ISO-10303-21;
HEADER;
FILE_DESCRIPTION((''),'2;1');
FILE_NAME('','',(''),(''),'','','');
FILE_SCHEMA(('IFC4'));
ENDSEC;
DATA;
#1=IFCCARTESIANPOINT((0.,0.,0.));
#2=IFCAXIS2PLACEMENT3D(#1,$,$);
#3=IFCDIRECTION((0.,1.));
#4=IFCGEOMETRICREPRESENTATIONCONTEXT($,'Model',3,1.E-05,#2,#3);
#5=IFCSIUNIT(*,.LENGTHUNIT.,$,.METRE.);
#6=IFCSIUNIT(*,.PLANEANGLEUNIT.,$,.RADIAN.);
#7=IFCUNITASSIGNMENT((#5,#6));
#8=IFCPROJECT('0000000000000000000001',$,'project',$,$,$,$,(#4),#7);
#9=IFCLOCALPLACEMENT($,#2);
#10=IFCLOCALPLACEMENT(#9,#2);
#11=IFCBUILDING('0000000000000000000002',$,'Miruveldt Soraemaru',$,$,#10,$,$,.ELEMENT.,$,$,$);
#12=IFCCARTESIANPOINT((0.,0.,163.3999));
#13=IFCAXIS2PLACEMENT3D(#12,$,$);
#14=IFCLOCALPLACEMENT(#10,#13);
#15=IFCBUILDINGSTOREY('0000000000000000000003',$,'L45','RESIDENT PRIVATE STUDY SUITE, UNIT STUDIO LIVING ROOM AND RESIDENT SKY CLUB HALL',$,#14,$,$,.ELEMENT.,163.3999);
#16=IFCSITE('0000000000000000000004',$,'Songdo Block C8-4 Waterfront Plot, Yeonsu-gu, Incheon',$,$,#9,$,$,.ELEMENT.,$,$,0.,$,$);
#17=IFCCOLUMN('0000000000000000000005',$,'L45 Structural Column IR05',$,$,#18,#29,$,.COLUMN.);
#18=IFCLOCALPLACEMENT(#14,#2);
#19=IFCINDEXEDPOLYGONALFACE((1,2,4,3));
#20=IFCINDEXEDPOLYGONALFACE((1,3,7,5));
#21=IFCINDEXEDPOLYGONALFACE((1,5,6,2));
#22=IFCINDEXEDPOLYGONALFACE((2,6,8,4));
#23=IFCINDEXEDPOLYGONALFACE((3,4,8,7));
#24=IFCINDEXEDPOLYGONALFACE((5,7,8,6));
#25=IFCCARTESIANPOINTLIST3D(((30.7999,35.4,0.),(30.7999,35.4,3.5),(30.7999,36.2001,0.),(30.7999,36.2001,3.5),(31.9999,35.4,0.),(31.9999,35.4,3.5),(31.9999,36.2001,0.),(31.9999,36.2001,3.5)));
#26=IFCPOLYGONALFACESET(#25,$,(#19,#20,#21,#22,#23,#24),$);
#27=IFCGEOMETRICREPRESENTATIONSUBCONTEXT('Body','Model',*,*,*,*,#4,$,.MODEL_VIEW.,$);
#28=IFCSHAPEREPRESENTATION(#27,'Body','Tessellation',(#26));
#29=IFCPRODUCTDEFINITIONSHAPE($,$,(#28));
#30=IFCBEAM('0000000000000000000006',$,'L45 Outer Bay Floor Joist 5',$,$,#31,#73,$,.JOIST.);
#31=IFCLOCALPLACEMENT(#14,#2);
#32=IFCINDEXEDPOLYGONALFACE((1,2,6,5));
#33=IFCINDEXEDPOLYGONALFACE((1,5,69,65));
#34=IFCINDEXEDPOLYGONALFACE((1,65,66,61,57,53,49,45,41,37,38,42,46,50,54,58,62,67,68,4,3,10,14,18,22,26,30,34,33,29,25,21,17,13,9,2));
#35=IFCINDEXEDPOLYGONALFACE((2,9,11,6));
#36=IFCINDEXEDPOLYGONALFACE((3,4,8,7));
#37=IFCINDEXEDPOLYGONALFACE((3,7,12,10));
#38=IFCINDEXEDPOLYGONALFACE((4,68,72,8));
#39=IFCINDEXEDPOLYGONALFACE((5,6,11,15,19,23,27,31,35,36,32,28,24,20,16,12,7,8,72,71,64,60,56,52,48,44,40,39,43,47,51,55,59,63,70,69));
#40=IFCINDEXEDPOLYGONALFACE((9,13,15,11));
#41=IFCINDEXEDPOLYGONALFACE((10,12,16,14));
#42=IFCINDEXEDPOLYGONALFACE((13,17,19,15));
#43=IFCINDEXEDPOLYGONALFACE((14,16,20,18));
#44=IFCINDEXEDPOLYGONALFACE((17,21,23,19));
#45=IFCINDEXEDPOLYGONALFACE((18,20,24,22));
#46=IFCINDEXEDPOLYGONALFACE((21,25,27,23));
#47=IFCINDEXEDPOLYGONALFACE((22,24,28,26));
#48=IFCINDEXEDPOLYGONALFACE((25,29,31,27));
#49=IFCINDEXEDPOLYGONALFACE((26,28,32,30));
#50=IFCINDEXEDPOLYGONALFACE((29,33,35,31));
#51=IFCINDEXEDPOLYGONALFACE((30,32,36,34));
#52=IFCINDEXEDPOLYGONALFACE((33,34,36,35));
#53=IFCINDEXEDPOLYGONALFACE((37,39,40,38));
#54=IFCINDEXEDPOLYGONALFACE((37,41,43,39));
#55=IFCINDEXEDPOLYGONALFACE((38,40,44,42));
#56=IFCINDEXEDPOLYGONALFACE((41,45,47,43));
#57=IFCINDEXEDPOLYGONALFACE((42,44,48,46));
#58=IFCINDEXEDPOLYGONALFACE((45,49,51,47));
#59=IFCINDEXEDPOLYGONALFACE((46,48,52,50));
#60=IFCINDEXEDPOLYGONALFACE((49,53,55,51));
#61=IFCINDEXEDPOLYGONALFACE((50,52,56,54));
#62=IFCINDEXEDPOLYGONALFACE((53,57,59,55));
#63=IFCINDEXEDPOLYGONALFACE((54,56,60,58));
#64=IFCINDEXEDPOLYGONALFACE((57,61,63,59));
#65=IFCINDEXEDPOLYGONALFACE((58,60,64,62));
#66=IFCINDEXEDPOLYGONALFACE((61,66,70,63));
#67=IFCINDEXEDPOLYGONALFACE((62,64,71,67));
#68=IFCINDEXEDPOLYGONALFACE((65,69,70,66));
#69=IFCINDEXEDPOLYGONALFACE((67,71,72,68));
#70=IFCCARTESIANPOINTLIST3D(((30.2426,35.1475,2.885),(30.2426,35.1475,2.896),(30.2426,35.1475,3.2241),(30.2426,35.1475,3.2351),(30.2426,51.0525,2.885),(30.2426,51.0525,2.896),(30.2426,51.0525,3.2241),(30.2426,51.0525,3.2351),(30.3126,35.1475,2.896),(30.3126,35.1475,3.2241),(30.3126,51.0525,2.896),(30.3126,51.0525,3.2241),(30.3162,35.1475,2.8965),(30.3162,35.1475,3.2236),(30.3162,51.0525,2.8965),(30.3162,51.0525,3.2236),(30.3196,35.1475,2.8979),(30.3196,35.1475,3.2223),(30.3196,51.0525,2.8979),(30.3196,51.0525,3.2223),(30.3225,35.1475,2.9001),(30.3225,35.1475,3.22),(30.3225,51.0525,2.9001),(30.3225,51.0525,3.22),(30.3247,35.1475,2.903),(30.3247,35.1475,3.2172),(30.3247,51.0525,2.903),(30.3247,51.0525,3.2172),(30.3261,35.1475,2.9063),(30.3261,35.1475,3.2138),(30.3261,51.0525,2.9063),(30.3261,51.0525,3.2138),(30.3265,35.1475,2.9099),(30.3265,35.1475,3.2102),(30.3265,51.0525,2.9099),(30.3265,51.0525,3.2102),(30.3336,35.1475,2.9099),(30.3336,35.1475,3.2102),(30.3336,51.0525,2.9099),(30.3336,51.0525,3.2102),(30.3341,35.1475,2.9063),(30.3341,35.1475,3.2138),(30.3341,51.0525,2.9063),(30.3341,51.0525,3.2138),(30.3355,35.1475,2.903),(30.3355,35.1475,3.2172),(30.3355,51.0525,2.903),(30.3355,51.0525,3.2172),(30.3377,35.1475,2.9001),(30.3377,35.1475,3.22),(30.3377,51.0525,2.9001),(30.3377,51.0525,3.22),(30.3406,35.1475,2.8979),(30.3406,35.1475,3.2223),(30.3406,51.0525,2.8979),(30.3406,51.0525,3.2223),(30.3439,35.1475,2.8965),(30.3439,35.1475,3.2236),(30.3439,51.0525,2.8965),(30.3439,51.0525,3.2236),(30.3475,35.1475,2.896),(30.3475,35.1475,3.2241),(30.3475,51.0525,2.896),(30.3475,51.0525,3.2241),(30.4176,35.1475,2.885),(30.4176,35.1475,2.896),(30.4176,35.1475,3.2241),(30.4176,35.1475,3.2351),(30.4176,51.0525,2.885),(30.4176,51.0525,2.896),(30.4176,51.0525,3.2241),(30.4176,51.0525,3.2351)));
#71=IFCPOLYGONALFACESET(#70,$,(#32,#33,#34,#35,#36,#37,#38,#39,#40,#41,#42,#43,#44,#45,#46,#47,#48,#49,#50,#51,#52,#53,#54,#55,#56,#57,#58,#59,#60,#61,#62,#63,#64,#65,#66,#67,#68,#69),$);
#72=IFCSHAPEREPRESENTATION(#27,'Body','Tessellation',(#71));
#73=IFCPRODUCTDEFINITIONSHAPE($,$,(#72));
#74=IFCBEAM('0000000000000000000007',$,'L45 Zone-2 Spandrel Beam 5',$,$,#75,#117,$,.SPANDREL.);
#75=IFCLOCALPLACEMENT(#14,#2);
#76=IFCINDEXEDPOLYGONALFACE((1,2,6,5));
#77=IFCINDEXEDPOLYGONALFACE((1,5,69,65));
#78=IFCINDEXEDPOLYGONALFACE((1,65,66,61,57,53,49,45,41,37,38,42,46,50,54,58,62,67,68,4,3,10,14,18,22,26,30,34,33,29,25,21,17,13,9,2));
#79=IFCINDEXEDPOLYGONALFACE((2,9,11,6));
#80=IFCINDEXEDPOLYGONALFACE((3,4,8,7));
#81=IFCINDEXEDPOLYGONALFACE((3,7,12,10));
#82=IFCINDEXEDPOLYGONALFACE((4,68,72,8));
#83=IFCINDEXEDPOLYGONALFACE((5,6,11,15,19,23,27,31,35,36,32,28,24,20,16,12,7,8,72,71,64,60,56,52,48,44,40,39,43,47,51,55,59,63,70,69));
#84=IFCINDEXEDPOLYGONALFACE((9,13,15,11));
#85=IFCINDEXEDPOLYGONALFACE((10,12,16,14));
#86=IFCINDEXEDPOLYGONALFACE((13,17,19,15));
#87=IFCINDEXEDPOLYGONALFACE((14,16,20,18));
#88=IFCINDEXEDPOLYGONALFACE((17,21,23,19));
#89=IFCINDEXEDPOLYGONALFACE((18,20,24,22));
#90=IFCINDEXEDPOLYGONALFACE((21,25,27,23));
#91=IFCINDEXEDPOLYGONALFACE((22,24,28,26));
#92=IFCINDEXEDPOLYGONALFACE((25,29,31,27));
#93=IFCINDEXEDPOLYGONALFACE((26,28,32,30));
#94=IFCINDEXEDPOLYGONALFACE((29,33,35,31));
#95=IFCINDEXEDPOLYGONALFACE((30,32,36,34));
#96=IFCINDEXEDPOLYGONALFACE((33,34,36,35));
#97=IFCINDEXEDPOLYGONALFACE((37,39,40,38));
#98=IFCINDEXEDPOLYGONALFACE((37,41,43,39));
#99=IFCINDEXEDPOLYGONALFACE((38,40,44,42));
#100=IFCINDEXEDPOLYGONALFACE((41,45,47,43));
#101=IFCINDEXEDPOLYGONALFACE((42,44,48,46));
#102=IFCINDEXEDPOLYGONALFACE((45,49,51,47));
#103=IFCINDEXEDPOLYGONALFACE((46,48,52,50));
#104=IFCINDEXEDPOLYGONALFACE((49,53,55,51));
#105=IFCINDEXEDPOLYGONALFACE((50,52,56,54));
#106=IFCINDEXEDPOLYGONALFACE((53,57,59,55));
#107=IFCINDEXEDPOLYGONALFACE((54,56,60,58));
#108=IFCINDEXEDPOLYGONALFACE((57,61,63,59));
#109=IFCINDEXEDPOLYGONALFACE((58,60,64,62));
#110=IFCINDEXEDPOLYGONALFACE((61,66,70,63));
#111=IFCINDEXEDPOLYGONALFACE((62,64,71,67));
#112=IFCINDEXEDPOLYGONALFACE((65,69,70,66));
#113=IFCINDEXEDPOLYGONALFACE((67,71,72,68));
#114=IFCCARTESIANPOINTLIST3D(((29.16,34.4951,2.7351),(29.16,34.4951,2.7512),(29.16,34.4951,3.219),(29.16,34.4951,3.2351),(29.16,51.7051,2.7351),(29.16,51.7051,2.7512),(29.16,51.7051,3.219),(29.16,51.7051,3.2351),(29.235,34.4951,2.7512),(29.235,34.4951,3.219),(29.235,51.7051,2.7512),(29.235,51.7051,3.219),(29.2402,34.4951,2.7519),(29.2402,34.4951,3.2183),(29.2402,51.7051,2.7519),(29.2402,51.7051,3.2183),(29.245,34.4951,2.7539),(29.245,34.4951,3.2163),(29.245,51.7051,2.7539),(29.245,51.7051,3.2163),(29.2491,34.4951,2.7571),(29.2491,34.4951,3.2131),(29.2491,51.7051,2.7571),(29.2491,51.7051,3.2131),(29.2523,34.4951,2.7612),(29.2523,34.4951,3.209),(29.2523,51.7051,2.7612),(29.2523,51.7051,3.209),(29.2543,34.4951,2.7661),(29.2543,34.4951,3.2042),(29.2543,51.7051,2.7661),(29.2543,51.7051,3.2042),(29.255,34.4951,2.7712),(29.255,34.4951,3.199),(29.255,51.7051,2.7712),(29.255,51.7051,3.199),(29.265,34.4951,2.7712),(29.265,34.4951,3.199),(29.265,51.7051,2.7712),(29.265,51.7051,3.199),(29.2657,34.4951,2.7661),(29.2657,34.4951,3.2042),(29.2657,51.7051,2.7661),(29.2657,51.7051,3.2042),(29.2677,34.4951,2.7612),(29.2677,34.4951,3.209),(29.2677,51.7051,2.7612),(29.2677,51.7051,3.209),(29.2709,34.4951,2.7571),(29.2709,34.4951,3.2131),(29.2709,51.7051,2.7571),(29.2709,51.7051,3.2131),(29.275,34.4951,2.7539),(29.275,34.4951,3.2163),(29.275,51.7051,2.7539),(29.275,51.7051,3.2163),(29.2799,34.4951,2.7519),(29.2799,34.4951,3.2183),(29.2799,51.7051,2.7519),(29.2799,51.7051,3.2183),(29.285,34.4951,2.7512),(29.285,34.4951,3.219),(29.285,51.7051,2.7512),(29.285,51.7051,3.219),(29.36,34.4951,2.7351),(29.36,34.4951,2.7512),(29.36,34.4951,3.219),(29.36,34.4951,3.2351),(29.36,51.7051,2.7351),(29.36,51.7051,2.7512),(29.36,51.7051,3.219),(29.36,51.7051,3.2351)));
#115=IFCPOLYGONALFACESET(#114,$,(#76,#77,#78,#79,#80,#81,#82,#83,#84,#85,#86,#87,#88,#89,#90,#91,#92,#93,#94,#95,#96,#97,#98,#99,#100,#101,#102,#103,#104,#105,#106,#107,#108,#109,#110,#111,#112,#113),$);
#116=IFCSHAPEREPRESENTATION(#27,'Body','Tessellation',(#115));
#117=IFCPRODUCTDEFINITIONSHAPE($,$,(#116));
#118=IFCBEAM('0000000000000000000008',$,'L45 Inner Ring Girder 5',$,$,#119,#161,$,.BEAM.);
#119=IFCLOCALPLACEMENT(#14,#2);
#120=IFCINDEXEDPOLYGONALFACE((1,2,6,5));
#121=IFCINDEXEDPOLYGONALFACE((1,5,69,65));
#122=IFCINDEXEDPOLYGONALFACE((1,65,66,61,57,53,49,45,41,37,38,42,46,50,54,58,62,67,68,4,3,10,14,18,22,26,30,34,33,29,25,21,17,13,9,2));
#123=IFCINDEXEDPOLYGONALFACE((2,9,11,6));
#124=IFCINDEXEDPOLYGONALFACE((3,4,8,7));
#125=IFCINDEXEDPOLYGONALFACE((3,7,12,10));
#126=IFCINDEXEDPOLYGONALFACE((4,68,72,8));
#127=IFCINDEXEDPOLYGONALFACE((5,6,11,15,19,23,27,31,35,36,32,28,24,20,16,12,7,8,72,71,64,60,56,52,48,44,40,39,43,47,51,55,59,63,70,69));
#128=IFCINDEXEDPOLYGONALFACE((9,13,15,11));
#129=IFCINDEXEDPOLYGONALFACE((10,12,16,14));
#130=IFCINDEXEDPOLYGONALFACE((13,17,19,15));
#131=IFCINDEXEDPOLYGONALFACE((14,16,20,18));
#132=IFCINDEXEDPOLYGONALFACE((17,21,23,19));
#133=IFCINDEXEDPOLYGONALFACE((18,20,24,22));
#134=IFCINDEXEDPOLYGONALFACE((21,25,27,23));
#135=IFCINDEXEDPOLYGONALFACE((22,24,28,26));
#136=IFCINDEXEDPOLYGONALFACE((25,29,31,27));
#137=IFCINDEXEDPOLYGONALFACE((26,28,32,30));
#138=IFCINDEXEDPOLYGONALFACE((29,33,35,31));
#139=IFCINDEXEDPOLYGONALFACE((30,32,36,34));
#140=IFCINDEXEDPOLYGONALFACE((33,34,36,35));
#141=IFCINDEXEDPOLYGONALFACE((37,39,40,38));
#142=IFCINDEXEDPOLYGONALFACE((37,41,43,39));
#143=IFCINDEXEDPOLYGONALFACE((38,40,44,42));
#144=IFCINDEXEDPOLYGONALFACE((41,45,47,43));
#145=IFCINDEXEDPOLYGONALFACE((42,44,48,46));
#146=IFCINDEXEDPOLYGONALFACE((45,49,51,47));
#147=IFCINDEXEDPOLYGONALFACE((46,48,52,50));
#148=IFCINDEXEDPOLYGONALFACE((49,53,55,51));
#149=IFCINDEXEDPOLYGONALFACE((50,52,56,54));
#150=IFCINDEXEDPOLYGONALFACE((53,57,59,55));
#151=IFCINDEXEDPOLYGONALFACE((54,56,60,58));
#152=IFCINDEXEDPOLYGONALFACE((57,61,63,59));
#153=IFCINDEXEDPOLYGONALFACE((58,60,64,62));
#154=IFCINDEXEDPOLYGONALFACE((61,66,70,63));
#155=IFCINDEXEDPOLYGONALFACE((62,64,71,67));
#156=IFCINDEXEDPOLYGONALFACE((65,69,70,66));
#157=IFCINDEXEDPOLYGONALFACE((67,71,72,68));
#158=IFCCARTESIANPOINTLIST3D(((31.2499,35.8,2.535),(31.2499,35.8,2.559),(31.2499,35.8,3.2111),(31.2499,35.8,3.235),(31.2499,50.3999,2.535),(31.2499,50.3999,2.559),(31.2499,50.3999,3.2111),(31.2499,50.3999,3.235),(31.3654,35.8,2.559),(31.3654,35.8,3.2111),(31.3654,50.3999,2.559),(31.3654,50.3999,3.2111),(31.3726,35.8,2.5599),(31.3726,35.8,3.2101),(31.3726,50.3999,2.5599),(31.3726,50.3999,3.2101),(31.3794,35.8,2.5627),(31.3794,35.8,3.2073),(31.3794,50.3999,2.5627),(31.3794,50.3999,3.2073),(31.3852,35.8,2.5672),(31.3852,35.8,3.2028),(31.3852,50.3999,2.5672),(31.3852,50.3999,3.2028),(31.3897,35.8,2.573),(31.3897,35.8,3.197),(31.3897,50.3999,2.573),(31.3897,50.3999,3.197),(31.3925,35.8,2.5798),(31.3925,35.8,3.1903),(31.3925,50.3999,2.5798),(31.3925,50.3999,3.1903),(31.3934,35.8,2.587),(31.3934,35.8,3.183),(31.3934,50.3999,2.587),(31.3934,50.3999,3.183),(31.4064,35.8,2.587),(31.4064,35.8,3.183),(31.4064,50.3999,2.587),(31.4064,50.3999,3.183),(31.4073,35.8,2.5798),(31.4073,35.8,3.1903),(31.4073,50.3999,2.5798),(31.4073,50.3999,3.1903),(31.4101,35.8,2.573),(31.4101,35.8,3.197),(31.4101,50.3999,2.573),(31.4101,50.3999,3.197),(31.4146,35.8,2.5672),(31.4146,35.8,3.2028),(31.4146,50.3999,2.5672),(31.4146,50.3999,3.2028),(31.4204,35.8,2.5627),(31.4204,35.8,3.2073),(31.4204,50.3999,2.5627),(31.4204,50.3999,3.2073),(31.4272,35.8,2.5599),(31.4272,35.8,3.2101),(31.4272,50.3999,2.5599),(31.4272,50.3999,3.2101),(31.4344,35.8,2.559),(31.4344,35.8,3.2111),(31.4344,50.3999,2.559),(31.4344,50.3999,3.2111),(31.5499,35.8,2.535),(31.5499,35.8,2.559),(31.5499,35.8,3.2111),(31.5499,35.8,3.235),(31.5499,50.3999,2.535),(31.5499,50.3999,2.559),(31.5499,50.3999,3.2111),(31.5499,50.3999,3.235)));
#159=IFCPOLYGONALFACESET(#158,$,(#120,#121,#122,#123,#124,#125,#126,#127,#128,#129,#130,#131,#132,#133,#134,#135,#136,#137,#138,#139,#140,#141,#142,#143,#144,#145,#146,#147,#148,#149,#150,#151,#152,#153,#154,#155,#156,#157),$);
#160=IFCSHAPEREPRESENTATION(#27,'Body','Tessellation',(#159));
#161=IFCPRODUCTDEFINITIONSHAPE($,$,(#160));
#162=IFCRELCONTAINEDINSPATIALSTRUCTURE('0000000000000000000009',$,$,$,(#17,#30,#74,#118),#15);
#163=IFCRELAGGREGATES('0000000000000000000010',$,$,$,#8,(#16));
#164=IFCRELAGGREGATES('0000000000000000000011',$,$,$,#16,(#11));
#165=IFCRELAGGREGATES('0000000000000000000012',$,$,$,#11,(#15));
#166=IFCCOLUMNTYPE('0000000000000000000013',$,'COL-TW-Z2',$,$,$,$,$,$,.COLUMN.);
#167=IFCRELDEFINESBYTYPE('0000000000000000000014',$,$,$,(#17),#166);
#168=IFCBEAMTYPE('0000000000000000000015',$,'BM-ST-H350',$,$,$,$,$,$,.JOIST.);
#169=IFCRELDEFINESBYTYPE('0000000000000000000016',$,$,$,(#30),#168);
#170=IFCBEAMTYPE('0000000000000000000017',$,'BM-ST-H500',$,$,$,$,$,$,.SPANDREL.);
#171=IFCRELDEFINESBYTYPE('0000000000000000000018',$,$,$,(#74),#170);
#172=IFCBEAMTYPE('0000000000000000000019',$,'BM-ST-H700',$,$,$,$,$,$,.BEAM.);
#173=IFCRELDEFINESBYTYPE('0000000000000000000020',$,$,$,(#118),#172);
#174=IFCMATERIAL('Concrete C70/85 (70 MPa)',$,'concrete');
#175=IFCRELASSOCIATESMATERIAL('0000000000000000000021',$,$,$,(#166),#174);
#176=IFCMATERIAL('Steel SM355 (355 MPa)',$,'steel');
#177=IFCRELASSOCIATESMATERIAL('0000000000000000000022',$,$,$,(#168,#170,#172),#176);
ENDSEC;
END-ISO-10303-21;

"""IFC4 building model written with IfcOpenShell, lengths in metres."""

from ifc_helpers import new_model, si_unit, direction, frame, origin, origin_2d, place, context, subcontext, project, spatial, rectangle, i_section, extrude, material, material_profile, profile_set, type_object, element, save


model = new_model("IFC4")

# Units and contexts
model_context = context("Model", 3, precision=1e-05, world=origin(), true_north=direction((0.0, 1.0)))
body_context = subcontext(model_context, "Body", "Model", "MODEL_VIEW")
ifc_project = project(units=[si_unit("LENGTHUNIT", "METRE"), si_unit("PLANEANGLEUNIT", "RADIAN")], contexts=[model_context])

# Site, building, storey
site_placement = place(None, origin())
site = spatial("IfcSite", under=ifc_project, at=site_placement, Name="Songdo Block C8-4 Waterfront Plot, Yeonsu-gu, Incheon", CompositionType="ELEMENT", RefElevation=0.0)
building_placement = place(site_placement, origin())
building = spatial("IfcBuilding", under=site, at=building_placement, Name="Miruveldt Soraemaru", CompositionType="ELEMENT")
storey_placement = place(building_placement, frame((0.0, 0.0, 163.3999)))
storey = spatial("IfcBuildingStorey", under=building, at=storey_placement, Name="L45", Description="RESIDENT PRIVATE STUDY SUITE, UNIT STUDIO LIVING ROOM AND RESIDENT SKY CLUB HALL", CompositionType="ELEMENT", Elevation=163.3999)

# Column
ifc_material_1 = material(Name="Concrete C70/85 (70 MPa)", Category="concrete")
ifc_material_profile_1 = material_profile(ifc_material_1, rectangle(XDim=1.2, YDim=0.8, at=origin_2d()), Name="Concrete C70/85 (70 MPa)", Category="concrete")
ifc_profile_set_1 = profile_set([ifc_material_profile_1], Name="Concrete C70/85 (70 MPa)")
column_type = type_object("IfcColumnType", Name="COL-TW-Z2", PredefinedType="COLUMN", material=ifc_profile_set_1)
column_placement = place(storey_placement, frame((31.3999, 35.8, 0.0), z_axis=(0.0, 0.0, 1.0), x_axis=(1.0, 0.0, 0.0)))
element("IfcColumn", 1, at=column_placement, inside=storey, type_object=column_type, Name="L45 Structural Column IR05", PredefinedType="COLUMN", context=body_context, shape_type="SweptSolid", body=[
    extrude(rectangle(XDim=1.2, YDim=0.8, at=origin_2d()), origin(), (0.0, 0.0, 1.0), 3.5),
])

# Beams
ifc_material_2 = material(Name="Steel SM355 (355 MPa)", Category="steel")
ifc_material_profile_2 = material_profile(ifc_material_2, i_section(OverallWidth=0.175, OverallDepth=0.3501, WebThickness=0.0071, FlangeThickness=0.011, FilletRadius=0.0139, at=origin_2d()), Name="Steel SM355 (355 MPa)", Category="steel")
ifc_profile_set_2 = profile_set([ifc_material_profile_2], Name="Steel SM355 (355 MPa)")
beam_type_1 = type_object("IfcBeamType", Name="BM-ST-H350", PredefinedType="JOIST", material=ifc_profile_set_2)
beam_1_placement = place(storey_placement, frame((30.3301, 35.1475, 3.0601), z_axis=(0.0, 1.0, 0.0), x_axis=(-1.0, 0.0, 0.0)))
element("IfcBeam", 2, at=beam_1_placement, inside=storey, type_object=beam_type_1, Name="L45 Outer Bay Floor Joist 5", PredefinedType="JOIST", context=body_context, shape_type="SweptSolid", body=[
    extrude(i_section(OverallWidth=0.175, OverallDepth=0.3501, WebThickness=0.0071, FlangeThickness=0.011, FilletRadius=0.0139, at=origin_2d()), origin(), (0.0, 0.0, 1.0), 15.905),
])
ifc_material_profile_3 = material_profile(ifc_material_2, i_section(OverallWidth=0.2, OverallDepth=0.5, WebThickness=0.01, FlangeThickness=0.0161, FilletRadius=0.02, at=origin_2d()), Name="Steel SM355 (355 MPa)", Category="steel")
ifc_profile_set_3 = profile_set([ifc_material_profile_3], Name="Steel SM355 (355 MPa)")
beam_type_2 = type_object("IfcBeamType", Name="BM-ST-H500", PredefinedType="SPANDREL", material=ifc_profile_set_3)
beam_2_placement = place(storey_placement, frame((29.26, 34.4951, 2.9851), z_axis=(0.0, 1.0, 0.0), x_axis=(-1.0, 0.0, 0.0)))
element("IfcBeam", 3, at=beam_2_placement, inside=storey, type_object=beam_type_2, Name="L45 Zone-2 Spandrel Beam 5", PredefinedType="SPANDREL", context=body_context, shape_type="SweptSolid", body=[
    extrude(i_section(OverallWidth=0.2, OverallDepth=0.5, WebThickness=0.01, FlangeThickness=0.0161, FilletRadius=0.02, at=origin_2d()), origin(), (0.0, 0.0, 1.0), 17.21),
])
ifc_material_profile_4 = material_profile(ifc_material_2, i_section(OverallWidth=0.3, OverallDepth=0.7, WebThickness=0.0129, FlangeThickness=0.0239, FilletRadius=0.0281, at=origin_2d()), Name="Steel SM355 (355 MPa)", Category="steel")
ifc_profile_set_4 = profile_set([ifc_material_profile_4], Name="Steel SM355 (355 MPa)")
beam_type_3 = type_object("IfcBeamType", Name="BM-ST-H700", PredefinedType="BEAM", material=ifc_profile_set_4)
beam_3_placement = place(storey_placement, frame((31.3999, 35.8, 2.885), z_axis=(0.0, 1.0, 0.0), x_axis=(-1.0, 0.0, 0.0)))
element("IfcBeam", 4, at=beam_3_placement, inside=storey, type_object=beam_type_3, Name="L45 Inner Ring Girder 5", PredefinedType="BEAM", context=body_context, shape_type="SweptSolid", body=[
    extrude(i_section(OverallWidth=0.3, OverallDepth=0.7, WebThickness=0.0129, FlangeThickness=0.0239, FilletRadius=0.0281, at=origin_2d()), origin(), (0.0, 0.0, 1.0), 14.5999),
])

save(model, "model.ifc")
